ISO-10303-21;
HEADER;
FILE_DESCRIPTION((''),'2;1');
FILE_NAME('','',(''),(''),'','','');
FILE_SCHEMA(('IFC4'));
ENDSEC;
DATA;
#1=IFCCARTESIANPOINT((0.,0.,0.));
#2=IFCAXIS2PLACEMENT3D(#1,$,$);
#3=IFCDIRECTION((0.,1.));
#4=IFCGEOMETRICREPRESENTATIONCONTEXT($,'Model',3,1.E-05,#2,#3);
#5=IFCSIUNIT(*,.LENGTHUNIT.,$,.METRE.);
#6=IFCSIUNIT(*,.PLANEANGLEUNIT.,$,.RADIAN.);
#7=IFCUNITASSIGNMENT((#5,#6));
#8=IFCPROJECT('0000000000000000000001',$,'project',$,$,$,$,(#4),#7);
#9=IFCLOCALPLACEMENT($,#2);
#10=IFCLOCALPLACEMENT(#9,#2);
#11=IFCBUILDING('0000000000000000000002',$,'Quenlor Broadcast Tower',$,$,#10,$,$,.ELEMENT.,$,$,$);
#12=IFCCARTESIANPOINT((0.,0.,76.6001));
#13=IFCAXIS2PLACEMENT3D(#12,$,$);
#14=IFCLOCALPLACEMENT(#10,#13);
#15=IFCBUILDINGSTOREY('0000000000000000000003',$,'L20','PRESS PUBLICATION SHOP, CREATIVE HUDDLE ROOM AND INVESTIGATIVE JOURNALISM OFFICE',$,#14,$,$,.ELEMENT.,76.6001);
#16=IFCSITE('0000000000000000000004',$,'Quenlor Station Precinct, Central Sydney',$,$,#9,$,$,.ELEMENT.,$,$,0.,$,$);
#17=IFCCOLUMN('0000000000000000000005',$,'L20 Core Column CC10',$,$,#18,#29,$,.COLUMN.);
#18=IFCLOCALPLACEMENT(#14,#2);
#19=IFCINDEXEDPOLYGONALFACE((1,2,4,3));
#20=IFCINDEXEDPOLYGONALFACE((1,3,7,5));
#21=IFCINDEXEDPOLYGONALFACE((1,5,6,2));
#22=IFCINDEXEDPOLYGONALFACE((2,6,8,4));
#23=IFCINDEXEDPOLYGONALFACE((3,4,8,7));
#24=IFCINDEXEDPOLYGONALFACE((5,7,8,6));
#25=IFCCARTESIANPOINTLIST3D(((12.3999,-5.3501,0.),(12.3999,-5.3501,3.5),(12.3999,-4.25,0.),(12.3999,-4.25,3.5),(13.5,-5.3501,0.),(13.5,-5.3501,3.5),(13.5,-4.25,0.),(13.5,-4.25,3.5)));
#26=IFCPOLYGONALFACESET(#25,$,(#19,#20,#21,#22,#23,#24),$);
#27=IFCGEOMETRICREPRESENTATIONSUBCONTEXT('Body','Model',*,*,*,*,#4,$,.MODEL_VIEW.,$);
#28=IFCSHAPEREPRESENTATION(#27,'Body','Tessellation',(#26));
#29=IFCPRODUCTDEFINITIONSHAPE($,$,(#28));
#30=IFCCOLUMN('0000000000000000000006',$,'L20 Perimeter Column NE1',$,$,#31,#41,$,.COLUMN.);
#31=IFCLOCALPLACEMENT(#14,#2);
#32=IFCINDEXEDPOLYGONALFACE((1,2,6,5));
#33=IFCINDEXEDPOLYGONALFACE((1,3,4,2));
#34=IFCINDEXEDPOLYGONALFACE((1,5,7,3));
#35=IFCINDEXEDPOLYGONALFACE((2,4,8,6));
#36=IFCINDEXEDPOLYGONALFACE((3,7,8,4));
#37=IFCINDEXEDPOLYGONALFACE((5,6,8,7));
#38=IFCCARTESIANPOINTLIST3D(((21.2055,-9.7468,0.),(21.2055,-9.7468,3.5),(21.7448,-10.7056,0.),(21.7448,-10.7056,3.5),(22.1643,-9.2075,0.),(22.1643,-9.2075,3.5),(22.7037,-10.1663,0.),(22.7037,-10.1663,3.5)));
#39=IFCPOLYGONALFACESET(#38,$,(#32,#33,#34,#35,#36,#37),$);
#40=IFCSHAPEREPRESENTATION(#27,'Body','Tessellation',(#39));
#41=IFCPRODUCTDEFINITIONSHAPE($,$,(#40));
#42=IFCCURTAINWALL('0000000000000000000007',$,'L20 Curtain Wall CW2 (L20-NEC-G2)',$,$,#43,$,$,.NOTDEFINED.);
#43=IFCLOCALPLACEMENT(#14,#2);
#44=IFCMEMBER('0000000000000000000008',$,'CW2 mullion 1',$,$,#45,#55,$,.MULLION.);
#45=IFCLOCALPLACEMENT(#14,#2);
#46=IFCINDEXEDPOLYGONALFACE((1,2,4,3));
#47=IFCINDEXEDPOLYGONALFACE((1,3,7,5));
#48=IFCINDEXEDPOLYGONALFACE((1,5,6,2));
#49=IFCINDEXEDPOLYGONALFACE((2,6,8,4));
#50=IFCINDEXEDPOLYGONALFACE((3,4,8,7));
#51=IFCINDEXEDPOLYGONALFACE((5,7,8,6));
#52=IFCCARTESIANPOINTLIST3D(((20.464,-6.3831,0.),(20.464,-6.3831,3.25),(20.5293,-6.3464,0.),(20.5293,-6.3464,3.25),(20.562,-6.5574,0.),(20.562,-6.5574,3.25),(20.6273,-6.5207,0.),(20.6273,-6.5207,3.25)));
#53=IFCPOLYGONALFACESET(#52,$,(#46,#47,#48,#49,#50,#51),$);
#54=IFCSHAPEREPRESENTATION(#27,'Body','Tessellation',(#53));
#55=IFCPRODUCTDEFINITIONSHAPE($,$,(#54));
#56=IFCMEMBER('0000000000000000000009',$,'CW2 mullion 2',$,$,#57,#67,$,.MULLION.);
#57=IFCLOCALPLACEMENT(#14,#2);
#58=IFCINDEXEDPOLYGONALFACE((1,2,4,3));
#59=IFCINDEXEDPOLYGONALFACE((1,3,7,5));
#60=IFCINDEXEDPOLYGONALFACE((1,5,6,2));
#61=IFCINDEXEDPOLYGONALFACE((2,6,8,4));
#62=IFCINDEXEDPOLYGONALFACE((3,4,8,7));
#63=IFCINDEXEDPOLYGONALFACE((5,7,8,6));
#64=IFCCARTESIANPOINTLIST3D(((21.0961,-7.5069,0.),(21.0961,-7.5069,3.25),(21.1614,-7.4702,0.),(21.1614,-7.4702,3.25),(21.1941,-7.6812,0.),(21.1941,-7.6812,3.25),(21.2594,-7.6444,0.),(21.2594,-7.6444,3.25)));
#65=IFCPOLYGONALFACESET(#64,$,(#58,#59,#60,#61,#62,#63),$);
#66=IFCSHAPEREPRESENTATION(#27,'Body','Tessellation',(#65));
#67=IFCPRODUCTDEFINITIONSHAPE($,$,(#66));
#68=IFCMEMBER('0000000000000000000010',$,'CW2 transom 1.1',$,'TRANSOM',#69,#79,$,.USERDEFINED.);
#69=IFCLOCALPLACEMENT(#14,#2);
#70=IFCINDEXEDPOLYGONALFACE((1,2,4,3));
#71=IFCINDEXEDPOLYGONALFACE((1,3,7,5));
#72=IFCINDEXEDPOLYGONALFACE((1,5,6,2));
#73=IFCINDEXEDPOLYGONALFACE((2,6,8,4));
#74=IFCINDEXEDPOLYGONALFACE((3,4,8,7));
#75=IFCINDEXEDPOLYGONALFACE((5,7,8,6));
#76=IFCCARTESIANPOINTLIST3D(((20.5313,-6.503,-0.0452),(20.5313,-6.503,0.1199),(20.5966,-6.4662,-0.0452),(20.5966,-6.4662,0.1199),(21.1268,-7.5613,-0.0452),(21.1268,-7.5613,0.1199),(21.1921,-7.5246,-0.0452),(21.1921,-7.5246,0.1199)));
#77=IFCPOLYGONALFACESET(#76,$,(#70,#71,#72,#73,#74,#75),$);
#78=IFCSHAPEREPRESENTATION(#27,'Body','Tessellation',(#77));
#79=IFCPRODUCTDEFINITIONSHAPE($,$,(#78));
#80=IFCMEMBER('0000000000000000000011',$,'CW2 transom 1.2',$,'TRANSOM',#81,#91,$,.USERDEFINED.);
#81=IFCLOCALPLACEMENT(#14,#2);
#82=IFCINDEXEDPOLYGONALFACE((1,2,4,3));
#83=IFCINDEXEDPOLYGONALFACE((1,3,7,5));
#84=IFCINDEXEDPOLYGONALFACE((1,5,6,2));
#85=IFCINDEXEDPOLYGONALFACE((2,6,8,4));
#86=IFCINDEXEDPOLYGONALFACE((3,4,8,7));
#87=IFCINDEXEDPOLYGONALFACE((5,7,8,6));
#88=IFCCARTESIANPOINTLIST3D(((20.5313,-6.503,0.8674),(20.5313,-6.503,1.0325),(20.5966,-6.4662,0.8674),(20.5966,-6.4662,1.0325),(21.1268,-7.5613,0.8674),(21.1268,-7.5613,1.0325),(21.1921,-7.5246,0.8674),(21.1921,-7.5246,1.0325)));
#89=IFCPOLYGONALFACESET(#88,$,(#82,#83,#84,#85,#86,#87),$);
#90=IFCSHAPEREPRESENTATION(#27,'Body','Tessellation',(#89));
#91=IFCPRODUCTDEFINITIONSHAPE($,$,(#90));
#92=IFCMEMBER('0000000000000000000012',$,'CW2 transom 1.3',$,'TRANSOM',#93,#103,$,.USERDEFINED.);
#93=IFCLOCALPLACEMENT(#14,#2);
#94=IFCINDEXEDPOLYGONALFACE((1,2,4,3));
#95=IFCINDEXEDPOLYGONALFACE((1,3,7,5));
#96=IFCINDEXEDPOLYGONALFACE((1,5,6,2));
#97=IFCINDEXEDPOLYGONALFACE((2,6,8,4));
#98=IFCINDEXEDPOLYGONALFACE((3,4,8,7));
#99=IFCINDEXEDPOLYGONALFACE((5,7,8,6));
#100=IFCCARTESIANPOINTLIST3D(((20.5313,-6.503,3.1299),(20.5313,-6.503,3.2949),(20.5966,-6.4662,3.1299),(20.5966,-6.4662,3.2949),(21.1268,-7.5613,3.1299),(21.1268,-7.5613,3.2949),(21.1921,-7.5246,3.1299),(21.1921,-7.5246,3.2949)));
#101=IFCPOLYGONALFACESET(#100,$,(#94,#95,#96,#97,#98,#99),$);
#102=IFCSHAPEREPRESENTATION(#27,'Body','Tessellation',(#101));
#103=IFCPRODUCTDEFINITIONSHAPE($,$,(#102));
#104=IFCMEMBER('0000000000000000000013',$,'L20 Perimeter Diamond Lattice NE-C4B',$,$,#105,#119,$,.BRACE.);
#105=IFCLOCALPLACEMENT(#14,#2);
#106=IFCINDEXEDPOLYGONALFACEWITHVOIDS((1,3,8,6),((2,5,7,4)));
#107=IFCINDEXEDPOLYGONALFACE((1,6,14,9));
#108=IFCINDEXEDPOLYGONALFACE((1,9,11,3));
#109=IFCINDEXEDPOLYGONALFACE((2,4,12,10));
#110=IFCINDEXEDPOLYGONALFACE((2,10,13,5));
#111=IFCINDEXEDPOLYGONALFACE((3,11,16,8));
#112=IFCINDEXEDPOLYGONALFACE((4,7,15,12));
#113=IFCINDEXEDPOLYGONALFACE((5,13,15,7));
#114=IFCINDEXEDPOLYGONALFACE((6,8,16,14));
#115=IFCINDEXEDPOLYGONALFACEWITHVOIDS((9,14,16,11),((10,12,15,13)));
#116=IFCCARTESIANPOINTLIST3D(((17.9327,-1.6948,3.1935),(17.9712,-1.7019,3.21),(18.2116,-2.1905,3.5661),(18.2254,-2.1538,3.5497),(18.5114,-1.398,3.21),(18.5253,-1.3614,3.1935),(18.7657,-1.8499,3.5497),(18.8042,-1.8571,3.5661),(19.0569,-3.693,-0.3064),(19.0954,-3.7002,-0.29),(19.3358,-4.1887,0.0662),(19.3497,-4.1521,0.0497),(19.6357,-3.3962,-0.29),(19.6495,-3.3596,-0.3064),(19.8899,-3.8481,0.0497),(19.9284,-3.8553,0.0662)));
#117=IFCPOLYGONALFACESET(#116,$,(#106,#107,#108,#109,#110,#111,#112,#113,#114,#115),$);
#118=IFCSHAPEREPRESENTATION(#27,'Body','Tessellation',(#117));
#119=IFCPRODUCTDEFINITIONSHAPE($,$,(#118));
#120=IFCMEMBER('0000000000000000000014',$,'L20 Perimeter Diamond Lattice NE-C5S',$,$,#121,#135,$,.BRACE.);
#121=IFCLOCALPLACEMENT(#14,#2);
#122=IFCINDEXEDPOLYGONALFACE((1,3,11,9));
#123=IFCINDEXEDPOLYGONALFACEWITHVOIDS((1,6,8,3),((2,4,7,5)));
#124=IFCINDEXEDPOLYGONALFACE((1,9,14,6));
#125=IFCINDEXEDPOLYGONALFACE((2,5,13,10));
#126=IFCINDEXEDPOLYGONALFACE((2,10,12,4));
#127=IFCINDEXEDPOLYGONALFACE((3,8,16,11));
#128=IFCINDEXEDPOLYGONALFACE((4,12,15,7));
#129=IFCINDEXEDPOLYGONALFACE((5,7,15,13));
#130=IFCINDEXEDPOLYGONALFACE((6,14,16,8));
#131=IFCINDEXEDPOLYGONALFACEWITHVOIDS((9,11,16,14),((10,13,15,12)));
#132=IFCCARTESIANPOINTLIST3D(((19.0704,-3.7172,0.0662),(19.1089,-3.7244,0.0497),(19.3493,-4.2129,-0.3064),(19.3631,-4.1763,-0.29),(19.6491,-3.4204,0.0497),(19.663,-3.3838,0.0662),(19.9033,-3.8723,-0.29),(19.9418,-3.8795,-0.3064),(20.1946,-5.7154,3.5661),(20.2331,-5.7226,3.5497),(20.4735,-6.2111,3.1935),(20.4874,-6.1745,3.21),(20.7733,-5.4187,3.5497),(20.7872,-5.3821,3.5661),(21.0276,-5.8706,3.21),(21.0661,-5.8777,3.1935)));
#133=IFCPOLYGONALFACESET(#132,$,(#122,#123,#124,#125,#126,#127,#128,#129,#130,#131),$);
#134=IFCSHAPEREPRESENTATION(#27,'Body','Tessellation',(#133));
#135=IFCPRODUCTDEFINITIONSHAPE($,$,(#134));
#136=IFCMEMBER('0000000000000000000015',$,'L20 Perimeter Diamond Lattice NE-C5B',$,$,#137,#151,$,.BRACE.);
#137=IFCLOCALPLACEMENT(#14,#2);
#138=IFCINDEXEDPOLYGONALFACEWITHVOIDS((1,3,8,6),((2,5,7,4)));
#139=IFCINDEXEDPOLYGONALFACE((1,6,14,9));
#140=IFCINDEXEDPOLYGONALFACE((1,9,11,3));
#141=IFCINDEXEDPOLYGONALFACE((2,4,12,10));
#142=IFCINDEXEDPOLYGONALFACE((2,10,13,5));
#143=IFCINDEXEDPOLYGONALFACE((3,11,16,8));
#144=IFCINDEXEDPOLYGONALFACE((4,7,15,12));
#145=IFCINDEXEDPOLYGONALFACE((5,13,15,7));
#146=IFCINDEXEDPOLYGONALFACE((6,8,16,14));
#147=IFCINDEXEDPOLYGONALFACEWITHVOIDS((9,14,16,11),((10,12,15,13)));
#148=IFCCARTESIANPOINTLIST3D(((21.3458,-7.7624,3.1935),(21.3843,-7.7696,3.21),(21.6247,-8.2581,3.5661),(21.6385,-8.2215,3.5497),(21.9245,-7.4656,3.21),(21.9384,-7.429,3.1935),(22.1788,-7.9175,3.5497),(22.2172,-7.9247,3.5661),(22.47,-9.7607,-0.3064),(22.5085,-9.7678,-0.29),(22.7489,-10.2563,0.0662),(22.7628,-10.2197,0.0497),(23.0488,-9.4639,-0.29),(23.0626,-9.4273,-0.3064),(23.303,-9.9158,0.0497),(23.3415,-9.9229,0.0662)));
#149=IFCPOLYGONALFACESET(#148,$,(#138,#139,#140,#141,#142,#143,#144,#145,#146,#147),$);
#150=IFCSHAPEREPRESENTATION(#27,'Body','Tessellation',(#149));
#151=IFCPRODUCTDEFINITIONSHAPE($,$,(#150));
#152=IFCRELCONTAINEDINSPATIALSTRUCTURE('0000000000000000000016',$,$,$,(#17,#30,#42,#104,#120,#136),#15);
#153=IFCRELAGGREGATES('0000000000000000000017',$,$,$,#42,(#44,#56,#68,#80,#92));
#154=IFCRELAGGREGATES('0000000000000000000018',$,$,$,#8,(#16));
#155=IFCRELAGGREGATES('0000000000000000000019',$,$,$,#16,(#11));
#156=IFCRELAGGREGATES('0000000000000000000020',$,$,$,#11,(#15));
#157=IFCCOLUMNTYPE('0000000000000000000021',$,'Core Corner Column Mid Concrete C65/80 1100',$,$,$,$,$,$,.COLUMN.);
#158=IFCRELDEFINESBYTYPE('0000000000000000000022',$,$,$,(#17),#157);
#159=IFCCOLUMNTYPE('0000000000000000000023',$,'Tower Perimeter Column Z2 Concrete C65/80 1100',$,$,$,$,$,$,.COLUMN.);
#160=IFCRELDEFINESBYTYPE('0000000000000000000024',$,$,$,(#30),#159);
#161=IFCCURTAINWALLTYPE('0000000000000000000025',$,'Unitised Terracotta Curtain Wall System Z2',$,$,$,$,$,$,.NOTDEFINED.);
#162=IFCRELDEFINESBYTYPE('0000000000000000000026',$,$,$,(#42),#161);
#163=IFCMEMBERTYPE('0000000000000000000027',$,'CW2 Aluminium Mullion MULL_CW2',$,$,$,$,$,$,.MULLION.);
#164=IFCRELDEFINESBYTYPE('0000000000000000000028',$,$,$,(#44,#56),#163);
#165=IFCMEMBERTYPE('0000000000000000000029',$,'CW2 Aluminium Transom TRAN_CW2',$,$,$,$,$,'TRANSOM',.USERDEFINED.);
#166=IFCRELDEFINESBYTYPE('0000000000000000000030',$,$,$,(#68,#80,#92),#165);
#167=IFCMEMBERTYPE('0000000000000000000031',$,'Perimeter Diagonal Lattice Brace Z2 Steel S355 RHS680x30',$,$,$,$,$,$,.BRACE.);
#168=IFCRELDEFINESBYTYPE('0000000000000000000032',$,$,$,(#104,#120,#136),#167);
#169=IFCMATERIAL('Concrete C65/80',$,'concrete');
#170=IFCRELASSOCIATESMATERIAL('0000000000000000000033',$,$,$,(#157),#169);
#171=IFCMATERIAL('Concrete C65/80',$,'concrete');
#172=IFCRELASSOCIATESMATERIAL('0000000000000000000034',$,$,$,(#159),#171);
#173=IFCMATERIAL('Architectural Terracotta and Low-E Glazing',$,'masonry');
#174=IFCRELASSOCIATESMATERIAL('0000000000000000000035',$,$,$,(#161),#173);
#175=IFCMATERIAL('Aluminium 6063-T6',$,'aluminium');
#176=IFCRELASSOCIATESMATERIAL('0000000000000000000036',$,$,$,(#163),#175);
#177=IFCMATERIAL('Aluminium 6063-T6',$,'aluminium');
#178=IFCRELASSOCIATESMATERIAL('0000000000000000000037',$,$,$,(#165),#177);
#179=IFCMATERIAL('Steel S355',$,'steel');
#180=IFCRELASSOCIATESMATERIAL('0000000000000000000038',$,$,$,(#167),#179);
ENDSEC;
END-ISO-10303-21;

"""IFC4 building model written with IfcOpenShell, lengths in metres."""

from ifc_helpers import new_model, si_unit, direction, frame, origin, origin_2d, place, context, subcontext, project, spatial, rectangle, hollow_rectangle, extrude, material, material_profile, profile_set, type_object, element, aggregate, save


model = new_model("IFC4")

# Units and contexts
model_context = context("Model", 3, precision=1e-05, world=origin(), true_north=direction((0.0, 1.0)))
body_context = subcontext(model_context, "Body", "Model", "MODEL_VIEW")
ifc_project = project(units=[si_unit("LENGTHUNIT", "METRE"), si_unit("PLANEANGLEUNIT", "RADIAN")], contexts=[model_context])

# Site, building, storey
site_placement = place(None, origin())
site = spatial("IfcSite", under=ifc_project, at=site_placement, Name="Quenlor Station Precinct, Central Sydney", CompositionType="ELEMENT", RefElevation=0.0)
building_placement = place(site_placement, origin())
building = spatial("IfcBuilding", under=site, at=building_placement, Name="Quenlor Broadcast Tower", CompositionType="ELEMENT")
storey_placement = place(building_placement, frame((0.0, 0.0, 76.6001)))
storey = spatial("IfcBuildingStorey", under=building, at=storey_placement, Name="L20", Description="PRESS PUBLICATION SHOP, CREATIVE HUDDLE ROOM AND INVESTIGATIVE JOURNALISM OFFICE", CompositionType="ELEMENT", Elevation=76.6001)

# Columns
ifc_material_1 = material(Name="Concrete C65/80", Category="concrete")
ifc_material_profile_1 = material_profile(ifc_material_1, rectangle(XDim=1.1001, YDim=1.1001, at=origin_2d()))
ifc_profile_set_1 = profile_set([ifc_material_profile_1], Name="Concrete C65/80 RC1100x1100")
column_type_1 = type_object("IfcColumnType", Name="Core Corner Column Mid Concrete C65/80 1100", PredefinedType="COLUMN", material=ifc_profile_set_1)
column_1_placement = place(storey_placement, frame((12.95, -4.8, 0.0), z_axis=(0.0, 0.0, 1.0), x_axis=(1.0, 0.0, 0.0)))
element("IfcColumn", 1, at=column_1_placement, inside=storey, type_object=column_type_1, Name="L20 Core Column CC10", PredefinedType="COLUMN", context=body_context, shape_type="SweptSolid", body=[
    extrude(rectangle(XDim=1.1001, YDim=1.1001, at=origin_2d()), origin(), (0.0, 0.0, 1.0), 3.5),
])
ifc_material_2 = material(Name="Concrete C65/80", Category="concrete")
ifc_material_profile_2 = material_profile(ifc_material_2, rectangle(XDim=1.1001, YDim=1.1001, at=origin_2d()))
ifc_profile_set_2 = profile_set([ifc_material_profile_2], Name="Concrete C65/80 RC1100x1100")
column_type_2 = type_object("IfcColumnType", Name="Tower Perimeter Column Z2 Concrete C65/80 1100", PredefinedType="COLUMN", material=ifc_profile_set_2)
column_2_placement = place(storey_placement, frame((21.9546, -9.9565, 0.0), z_axis=(0.0, 0.0, 1.0), x_axis=(0.871575, 0.490262, 0.0)))
element("IfcColumn", 2, at=column_2_placement, inside=storey, type_object=column_type_2, Name="L20 Perimeter Column NE1", PredefinedType="COLUMN", context=body_context, shape_type="SweptSolid", body=[
    extrude(rectangle(XDim=1.1001, YDim=1.1001, at=origin_2d()), origin(), (0.0, 0.0, 1.0), 3.5),
])

# Curtain wall, members
ifc_material_3 = material(Name="Architectural Terracotta and Low-E Glazing", Category="masonry")
curtain_wall_type = type_object("IfcCurtainWallType", Name="Unitised Terracotta Curtain Wall System Z2", PredefinedType="NOTDEFINED", material=ifc_material_3)
curtain_wall_placement = place(storey_placement, origin())
curtain_wall = element("IfcCurtainWall", 3, at=curtain_wall_placement, inside=storey, type_object=curtain_wall_type, Name="L20 Curtain Wall CW2 (L20-NEC-G2)", PredefinedType="NOTDEFINED")
ifc_material_4 = material(Name="Aluminium 6063-T6", Category="aluminium")
ifc_material_profile_3 = material_profile(ifc_material_4, rectangle(XDim=0.075, YDim=0.2, at=origin_2d()))
ifc_profile_set_3 = profile_set([ifc_material_profile_3], Name="Aluminium 6063-T6 MULL75x200")
member_type_1 = type_object("IfcMemberType", Name="CW2 Aluminium Mullion MULL_CW2", PredefinedType="MULLION", material=ifc_profile_set_3)
member_1_placement = place(storey_placement, frame((20.5457, -6.4519, 0.0), z_axis=(0.0, 0.0, 1.0), x_axis=(0.871566, 0.490279, 0.0)))
member_1 = element("IfcMember", 4, at=member_1_placement, type_object=member_type_1, Name="CW2 mullion 1", PredefinedType="MULLION", context=body_context, shape_type="SweptSolid", body=[
    extrude(rectangle(XDim=0.075, YDim=0.2, at=origin_2d()), origin(), (0.0, 0.0, 1.0), 3.25),
])
member_2_placement = place(storey_placement, frame((21.1777, -7.5757, 0.0), z_axis=(0.0, 0.0, 1.0), x_axis=(0.871566, 0.490279, 0.0)))
member_2 = element("IfcMember", 5, at=member_2_placement, type_object=member_type_1, Name="CW2 mullion 2", PredefinedType="MULLION", context=body_context, shape_type="SweptSolid", body=[
    extrude(rectangle(XDim=0.075, YDim=0.2, at=origin_2d()), origin(), (0.0, 0.0, 1.0), 3.25),
])
ifc_material_5 = material(Name="Aluminium 6063-T6", Category="aluminium")
ifc_material_profile_4 = material_profile(ifc_material_5, rectangle(XDim=0.075, YDim=0.165, at=origin_2d()))
ifc_profile_set_4 = profile_set([ifc_material_profile_4], Name="Aluminium 6063-T6 TRAN75x165")
member_type_2 = type_object("IfcMemberType", Name="CW2 Aluminium Transom TRAN_CW2", ElementType="TRANSOM", PredefinedType="USERDEFINED", material=ifc_profile_set_4)
member_3_placement = place(storey_placement, frame((20.564, -6.4846, 0.0374), z_axis=(0.490347, -0.871527, 0.0), x_axis=(0.871527, 0.490347, 0.0)))
member_3 = element("IfcMember", 6, at=member_3_placement, type_object=member_type_2, Name="CW2 transom 1.1", ObjectType="TRANSOM", PredefinedType="USERDEFINED", context=body_context, shape_type="SweptSolid", body=[
    extrude(rectangle(XDim=0.075, YDim=0.165, at=origin_2d()), origin(), (0.0, 0.0, 1.0), 1.2144),
])
member_4_placement = place(storey_placement, frame((20.564, -6.4846, 0.95), z_axis=(0.490347, -0.871527, 0.0), x_axis=(0.871527, 0.490347, 0.0)))
member_4 = element("IfcMember", 7, at=member_4_placement, type_object=member_type_2, Name="CW2 transom 1.2", ObjectType="TRANSOM", PredefinedType="USERDEFINED", context=body_context, shape_type="SweptSolid", body=[
    extrude(rectangle(XDim=0.075, YDim=0.165, at=origin_2d()), origin(), (0.0, 0.0, 1.0), 1.2144),
])
member_5_placement = place(storey_placement, frame((20.564, -6.4846, 3.2124), z_axis=(0.490347, -0.871527, 0.0), x_axis=(0.871527, 0.490347, 0.0)))
member_5 = element("IfcMember", 8, at=member_5_placement, type_object=member_type_2, Name="CW2 transom 1.3", ObjectType="TRANSOM", PredefinedType="USERDEFINED", context=body_context, shape_type="SweptSolid", body=[
    extrude(rectangle(XDim=0.075, YDim=0.165, at=origin_2d()), origin(), (0.0, 0.0, 1.0), 1.2144),
])

# Members
ifc_material_6 = material(Name="Steel S355", Category="steel")
ifc_material_profile_5 = material_profile(ifc_material_6, hollow_rectangle(XDim=0.6799, YDim=0.6799, WallThickness=0.03, at=origin_2d()))
ifc_profile_set_5 = profile_set([ifc_material_profile_5], Name="Steel S355 RHS680x680x30")
member_type_3 = type_object("IfcMemberType", Name="Perimeter Diagonal Lattice Brace Z2 Steel S355 RHS680x30", PredefinedType="BRACE", material=ifc_profile_set_5)
for number, where, z_axis, x_axis, name in (
    (9, (19.4927, -3.7742, -0.1201), (-0.268697, 0.477585, 0.836489), (-0.871533, -0.490337, 0.0), "L20 Perimeter Diamond Lattice NE-C4B"),
    (10, (19.5061, -3.7983, -0.1201), (0.268697, -0.477585, 0.836489), (0.871533, 0.490337, 0.0), "L20 Perimeter Diamond Lattice NE-C5S"),
    (11, (22.9058, -9.8418, -0.1201), (-0.268697, 0.477585, 0.836489), (-0.871533, -0.490337, 0.0), "L20 Perimeter Diamond Lattice NE-C5B"),
):
    element("IfcMember", number, at=place(storey_placement, frame(where, z_axis=z_axis, x_axis=x_axis)), inside=storey, type_object=member_type_3, Name=name, PredefinedType="BRACE", context=body_context, shape_type="SweptSolid", body=[
        extrude(hollow_rectangle(XDim=0.6799, YDim=0.6799, WallThickness=0.03, at=origin_2d()), origin(), (0.0, 0.0, 1.0), 4.1841),
    ])

aggregate(curtain_wall, [member_1, member_2, member_3, member_4, member_5])

save(model, "model.ifc")
